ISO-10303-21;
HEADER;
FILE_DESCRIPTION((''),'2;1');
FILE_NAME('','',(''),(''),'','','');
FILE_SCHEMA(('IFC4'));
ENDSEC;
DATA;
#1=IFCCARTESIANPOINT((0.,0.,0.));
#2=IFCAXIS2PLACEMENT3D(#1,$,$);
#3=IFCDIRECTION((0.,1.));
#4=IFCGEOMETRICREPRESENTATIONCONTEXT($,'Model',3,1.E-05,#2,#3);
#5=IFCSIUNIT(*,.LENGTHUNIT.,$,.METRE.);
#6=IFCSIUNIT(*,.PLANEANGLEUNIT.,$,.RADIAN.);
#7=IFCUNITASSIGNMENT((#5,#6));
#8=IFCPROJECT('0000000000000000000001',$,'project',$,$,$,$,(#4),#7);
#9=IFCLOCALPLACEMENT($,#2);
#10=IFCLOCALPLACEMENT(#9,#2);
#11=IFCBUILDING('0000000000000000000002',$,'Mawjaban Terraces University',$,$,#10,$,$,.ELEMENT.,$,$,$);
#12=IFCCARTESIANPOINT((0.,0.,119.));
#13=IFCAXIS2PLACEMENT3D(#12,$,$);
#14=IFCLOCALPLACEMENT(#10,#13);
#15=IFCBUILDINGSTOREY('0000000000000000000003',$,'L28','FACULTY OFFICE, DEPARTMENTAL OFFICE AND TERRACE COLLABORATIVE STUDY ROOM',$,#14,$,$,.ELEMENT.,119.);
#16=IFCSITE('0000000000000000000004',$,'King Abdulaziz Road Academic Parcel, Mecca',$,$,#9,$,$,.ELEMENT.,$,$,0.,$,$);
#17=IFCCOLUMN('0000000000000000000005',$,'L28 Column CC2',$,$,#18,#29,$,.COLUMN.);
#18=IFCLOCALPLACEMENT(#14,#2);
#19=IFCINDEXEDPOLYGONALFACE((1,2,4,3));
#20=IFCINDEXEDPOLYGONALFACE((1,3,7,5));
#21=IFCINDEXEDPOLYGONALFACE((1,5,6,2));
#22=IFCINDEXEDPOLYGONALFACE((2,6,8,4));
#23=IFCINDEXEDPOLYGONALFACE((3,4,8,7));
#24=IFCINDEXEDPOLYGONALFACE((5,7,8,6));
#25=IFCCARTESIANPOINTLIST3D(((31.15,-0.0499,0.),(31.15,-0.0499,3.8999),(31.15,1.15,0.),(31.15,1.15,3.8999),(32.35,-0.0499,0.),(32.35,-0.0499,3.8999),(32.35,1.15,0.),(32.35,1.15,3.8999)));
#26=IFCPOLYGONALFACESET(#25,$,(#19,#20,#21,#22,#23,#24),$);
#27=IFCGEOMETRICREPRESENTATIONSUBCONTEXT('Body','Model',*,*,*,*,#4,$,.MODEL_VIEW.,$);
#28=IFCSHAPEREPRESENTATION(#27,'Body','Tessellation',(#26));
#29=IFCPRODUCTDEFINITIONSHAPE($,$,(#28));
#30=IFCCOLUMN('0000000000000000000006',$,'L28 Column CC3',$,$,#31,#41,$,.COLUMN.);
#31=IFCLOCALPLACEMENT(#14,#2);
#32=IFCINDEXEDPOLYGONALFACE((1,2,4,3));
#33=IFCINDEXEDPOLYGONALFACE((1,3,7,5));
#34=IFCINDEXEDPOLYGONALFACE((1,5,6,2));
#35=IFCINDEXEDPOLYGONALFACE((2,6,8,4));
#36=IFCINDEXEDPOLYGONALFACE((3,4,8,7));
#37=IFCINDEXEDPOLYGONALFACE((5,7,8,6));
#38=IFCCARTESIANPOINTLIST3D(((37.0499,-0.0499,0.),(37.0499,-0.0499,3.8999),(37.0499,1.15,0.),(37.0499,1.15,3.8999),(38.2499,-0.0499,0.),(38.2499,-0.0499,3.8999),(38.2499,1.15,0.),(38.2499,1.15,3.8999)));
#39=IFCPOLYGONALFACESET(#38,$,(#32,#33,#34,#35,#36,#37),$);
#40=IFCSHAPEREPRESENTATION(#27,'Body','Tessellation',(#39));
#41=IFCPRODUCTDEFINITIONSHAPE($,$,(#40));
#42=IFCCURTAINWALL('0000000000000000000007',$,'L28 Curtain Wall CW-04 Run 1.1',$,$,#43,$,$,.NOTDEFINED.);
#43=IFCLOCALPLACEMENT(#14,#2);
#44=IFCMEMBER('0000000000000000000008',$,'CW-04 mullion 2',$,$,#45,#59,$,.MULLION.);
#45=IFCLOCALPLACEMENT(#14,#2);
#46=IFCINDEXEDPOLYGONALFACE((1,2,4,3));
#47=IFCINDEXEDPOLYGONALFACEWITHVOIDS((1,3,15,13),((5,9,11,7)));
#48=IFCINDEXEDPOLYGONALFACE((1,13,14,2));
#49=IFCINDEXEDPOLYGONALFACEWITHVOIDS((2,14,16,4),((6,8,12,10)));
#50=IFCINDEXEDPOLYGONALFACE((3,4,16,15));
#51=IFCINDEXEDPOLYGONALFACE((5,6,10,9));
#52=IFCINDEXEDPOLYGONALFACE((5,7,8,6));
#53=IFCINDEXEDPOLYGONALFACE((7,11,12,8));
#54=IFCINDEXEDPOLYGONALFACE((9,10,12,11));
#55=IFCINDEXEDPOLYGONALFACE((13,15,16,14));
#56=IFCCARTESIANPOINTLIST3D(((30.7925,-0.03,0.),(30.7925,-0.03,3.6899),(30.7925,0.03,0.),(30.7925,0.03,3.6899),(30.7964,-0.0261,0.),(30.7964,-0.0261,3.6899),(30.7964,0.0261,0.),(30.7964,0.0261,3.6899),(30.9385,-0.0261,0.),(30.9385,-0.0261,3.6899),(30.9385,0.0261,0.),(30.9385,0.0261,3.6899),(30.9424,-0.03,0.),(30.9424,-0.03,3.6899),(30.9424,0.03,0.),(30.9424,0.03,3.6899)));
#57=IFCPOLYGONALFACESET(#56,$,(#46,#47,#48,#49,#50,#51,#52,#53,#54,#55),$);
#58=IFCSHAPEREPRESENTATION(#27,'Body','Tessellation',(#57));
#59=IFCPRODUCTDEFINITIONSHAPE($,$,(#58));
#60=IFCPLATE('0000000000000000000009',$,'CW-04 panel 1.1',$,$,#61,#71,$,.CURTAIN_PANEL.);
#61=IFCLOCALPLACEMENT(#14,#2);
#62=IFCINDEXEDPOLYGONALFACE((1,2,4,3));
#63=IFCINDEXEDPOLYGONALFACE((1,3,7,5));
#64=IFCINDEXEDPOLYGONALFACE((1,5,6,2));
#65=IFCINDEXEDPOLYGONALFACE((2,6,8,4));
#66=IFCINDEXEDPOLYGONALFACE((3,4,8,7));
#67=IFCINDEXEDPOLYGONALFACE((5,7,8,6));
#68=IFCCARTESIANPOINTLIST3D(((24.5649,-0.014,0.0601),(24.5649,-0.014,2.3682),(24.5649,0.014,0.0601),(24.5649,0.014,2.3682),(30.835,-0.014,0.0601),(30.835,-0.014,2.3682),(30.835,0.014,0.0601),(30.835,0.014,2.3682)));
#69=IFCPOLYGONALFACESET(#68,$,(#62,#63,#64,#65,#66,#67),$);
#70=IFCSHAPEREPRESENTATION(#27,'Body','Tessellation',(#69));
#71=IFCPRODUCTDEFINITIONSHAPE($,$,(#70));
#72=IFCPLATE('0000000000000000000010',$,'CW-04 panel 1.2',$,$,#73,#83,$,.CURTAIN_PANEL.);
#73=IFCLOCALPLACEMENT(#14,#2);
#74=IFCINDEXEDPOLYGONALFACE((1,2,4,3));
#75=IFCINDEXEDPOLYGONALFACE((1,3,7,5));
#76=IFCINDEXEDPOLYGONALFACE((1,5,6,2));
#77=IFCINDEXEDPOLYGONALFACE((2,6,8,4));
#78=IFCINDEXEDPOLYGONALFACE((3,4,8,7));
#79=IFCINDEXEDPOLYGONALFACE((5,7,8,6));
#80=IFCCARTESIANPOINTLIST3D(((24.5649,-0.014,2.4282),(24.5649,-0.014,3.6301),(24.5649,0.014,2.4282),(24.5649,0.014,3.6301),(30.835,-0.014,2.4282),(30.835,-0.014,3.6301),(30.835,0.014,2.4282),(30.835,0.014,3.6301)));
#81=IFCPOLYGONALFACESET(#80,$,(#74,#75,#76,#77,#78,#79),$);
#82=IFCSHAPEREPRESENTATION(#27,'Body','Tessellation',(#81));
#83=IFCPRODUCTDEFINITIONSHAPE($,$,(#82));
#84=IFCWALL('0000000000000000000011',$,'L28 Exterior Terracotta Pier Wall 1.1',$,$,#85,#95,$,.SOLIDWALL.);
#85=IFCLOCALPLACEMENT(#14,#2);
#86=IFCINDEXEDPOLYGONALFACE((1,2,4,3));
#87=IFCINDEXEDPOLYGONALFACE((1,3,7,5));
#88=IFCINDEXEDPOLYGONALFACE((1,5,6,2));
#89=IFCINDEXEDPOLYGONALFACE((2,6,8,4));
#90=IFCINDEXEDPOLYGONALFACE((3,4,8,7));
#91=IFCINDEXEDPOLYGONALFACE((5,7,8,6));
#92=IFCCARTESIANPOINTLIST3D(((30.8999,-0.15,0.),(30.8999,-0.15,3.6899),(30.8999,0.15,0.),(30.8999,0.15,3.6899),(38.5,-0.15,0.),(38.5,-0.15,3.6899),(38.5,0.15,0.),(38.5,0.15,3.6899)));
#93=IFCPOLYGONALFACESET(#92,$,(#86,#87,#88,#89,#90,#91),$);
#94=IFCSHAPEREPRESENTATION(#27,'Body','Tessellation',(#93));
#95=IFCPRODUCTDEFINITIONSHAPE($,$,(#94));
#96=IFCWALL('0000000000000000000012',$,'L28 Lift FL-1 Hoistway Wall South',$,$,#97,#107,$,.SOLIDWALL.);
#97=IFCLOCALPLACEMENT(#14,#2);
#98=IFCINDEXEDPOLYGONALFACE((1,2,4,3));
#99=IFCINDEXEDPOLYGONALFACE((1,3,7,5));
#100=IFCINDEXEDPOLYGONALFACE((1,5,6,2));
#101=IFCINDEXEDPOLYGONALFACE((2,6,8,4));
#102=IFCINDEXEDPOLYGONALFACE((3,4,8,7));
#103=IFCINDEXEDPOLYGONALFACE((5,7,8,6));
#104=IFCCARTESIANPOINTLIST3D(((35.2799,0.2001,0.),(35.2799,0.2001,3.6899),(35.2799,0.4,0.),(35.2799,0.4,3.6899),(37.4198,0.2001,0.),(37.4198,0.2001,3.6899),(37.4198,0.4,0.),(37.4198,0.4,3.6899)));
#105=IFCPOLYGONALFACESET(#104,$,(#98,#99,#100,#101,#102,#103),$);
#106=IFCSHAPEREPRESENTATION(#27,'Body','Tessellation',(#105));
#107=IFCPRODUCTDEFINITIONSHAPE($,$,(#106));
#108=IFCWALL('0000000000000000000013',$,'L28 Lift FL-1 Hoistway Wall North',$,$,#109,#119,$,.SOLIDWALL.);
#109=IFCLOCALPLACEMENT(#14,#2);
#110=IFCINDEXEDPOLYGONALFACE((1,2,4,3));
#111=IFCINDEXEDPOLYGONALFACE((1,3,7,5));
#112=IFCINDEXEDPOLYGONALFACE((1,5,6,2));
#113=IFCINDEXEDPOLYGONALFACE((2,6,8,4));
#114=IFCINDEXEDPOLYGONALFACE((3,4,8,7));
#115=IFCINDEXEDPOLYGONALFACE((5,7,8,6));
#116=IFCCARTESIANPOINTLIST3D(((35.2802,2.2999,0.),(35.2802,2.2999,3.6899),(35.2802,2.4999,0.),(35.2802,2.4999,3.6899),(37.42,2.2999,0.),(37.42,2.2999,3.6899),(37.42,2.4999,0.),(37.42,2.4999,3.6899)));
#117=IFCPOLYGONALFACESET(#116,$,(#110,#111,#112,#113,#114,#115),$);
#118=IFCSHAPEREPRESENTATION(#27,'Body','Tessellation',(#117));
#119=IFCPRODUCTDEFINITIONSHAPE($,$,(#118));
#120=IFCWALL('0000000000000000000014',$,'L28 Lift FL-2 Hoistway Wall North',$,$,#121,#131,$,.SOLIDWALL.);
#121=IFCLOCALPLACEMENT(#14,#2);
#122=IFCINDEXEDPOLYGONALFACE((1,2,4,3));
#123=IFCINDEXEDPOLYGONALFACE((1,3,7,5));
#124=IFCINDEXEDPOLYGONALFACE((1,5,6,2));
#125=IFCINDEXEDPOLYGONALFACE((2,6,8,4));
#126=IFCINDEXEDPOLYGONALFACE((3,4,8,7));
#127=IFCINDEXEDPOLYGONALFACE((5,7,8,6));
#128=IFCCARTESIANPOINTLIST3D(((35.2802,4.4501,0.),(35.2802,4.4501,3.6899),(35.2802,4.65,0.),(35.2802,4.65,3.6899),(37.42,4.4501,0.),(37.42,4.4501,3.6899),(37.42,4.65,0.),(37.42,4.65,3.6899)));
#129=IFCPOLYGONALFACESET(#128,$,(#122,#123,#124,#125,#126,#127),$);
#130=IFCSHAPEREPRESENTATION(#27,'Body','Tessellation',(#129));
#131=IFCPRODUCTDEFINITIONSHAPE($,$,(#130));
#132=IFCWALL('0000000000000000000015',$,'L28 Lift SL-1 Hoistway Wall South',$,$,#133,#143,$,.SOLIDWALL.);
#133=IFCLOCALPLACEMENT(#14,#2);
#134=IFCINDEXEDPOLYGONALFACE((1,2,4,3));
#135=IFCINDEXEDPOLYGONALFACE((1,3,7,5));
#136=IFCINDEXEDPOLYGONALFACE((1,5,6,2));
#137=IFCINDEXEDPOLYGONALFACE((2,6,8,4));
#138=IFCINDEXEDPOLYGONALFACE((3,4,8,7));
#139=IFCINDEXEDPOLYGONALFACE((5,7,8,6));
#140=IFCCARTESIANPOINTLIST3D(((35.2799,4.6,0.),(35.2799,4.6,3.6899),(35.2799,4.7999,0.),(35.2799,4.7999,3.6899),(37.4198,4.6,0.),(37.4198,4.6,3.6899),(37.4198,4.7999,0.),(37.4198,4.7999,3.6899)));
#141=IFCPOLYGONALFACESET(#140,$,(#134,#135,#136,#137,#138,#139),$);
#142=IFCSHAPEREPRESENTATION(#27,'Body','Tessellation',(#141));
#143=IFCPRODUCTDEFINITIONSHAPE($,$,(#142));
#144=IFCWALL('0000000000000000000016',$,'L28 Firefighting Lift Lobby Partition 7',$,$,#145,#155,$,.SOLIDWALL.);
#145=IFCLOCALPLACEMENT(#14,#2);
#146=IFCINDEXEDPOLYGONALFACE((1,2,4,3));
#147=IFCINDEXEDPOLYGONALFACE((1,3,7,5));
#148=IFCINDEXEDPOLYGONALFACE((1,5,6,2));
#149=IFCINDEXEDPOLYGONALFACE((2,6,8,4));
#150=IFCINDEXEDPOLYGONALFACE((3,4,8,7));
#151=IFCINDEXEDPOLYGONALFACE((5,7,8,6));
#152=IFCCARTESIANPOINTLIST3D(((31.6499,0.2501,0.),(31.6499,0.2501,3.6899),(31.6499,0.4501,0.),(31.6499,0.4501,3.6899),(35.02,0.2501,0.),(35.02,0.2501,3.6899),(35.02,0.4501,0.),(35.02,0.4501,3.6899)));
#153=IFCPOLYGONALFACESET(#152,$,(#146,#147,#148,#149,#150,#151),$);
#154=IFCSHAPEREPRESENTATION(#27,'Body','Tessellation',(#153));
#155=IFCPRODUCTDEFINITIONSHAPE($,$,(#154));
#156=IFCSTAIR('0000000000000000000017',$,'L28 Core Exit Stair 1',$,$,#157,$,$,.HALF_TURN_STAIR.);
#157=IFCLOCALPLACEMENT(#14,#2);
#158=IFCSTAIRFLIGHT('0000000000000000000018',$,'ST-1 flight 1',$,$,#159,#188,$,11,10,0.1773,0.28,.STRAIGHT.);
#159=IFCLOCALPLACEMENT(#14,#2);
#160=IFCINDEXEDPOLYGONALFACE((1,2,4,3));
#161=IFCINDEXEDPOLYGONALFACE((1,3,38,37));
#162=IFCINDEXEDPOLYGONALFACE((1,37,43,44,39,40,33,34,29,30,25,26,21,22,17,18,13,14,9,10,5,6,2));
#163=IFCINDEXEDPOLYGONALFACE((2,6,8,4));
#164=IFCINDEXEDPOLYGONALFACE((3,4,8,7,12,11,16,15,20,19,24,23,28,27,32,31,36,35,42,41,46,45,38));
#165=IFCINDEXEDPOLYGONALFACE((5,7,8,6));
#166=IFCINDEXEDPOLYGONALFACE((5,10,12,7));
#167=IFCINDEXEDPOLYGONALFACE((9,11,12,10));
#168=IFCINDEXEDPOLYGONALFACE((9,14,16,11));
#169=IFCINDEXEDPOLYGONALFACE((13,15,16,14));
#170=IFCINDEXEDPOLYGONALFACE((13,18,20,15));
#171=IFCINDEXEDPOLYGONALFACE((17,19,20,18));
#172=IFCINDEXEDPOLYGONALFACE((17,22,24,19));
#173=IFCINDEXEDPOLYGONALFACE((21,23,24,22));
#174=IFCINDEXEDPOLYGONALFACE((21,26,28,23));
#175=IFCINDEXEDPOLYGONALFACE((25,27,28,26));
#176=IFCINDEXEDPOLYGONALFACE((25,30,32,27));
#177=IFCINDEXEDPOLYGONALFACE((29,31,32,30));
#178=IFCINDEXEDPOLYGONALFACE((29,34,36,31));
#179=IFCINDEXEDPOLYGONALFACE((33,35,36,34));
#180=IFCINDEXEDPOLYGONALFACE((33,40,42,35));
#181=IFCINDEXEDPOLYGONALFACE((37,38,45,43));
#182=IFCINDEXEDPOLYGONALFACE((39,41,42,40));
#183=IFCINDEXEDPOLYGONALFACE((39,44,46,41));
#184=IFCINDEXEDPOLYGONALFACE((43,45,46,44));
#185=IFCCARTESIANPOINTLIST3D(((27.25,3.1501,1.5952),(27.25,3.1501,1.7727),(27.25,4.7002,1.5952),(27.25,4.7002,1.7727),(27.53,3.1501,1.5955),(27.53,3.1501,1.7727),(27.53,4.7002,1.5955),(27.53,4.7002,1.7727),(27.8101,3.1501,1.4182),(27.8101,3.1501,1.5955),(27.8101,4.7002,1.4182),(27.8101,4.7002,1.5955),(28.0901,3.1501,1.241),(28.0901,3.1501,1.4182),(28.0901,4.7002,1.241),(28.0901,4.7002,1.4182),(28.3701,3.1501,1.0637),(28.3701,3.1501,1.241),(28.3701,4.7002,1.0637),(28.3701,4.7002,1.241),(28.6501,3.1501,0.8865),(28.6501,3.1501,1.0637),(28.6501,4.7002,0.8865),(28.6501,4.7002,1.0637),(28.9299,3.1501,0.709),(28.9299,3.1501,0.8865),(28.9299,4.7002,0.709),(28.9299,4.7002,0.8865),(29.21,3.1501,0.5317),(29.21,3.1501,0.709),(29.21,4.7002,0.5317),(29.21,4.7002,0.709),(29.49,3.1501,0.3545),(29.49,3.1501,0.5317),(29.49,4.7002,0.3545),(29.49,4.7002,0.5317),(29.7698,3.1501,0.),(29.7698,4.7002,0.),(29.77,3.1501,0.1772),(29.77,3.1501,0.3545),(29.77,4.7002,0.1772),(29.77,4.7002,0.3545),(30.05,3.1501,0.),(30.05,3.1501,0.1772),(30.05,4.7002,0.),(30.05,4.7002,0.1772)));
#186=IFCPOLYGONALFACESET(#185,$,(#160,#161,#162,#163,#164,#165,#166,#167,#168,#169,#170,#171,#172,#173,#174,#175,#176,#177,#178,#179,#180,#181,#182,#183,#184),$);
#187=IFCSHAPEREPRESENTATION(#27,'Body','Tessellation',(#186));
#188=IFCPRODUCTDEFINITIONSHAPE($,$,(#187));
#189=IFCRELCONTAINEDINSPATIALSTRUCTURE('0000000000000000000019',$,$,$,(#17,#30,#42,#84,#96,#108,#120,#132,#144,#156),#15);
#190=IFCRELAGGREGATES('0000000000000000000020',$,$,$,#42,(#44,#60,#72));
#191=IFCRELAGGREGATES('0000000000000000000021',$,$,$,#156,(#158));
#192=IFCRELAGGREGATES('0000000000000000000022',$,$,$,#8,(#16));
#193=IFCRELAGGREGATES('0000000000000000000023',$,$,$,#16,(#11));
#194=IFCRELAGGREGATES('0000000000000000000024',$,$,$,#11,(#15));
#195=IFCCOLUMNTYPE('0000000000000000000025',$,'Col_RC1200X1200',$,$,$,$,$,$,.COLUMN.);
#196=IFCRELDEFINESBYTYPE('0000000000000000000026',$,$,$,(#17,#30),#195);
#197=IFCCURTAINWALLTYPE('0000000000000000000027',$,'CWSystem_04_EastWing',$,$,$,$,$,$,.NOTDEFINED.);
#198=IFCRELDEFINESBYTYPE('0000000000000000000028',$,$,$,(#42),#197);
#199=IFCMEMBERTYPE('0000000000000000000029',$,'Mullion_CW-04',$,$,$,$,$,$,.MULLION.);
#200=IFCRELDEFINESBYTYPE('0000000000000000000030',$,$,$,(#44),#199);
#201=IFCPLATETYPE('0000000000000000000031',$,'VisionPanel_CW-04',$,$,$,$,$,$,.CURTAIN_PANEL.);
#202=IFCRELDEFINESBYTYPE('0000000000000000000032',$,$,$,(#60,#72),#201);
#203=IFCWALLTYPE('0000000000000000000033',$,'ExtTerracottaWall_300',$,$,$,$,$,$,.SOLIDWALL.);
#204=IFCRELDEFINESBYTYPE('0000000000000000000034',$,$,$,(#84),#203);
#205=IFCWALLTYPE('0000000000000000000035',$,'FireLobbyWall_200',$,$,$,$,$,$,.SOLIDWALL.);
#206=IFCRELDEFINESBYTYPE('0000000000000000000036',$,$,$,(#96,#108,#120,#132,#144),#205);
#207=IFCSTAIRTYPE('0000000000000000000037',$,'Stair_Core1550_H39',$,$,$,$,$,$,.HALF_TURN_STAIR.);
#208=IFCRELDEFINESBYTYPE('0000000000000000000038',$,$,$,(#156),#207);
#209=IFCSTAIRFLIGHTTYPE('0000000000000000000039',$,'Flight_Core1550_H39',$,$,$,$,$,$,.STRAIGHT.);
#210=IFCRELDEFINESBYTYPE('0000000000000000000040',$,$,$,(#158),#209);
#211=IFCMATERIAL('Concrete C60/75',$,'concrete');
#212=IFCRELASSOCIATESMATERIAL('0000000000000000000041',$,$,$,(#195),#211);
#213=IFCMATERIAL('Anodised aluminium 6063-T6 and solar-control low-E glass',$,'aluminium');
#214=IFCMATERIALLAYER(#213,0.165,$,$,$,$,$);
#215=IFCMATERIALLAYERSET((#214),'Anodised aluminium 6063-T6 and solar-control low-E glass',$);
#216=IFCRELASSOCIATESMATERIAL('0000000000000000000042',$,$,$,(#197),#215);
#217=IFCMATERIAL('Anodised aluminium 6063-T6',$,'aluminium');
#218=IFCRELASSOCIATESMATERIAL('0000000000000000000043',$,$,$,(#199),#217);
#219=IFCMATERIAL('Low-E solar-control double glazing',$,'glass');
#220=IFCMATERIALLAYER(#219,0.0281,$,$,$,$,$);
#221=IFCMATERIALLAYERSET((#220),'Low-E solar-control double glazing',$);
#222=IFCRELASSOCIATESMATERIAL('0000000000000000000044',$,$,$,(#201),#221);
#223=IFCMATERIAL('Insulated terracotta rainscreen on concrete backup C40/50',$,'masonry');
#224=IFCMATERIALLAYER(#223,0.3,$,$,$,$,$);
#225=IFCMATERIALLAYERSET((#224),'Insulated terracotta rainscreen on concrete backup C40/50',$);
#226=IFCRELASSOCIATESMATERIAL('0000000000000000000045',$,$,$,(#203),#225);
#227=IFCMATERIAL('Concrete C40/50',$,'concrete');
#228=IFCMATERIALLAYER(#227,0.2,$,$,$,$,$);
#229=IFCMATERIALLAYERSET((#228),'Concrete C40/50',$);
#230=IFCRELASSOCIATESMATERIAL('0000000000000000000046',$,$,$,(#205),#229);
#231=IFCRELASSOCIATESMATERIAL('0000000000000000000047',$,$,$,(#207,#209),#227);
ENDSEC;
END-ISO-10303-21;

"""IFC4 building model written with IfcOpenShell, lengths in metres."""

from ifc_helpers import new_model, si_unit, direction, frame, frame_2d, origin, origin_2d, place, context, subcontext, project, spatial, polyline, rectangle, hollow_rectangle, outline, extrude, material, layer, layer_set, material_profile, profile_set, type_object, element, aggregate, save


model = new_model("IFC4")

# Units and contexts
model_context = context("Model", 3, precision=1e-05, world=origin(), true_north=direction((0.0, 1.0)))
body_context = subcontext(model_context, "Body", "Model", "MODEL_VIEW")
ifc_project = project(units=[si_unit("LENGTHUNIT", "METRE"), si_unit("PLANEANGLEUNIT", "RADIAN")], contexts=[model_context])

# Site, building, storey
site_placement = place(None, origin())
site = spatial("IfcSite", under=ifc_project, at=site_placement, Name="King Abdulaziz Road Academic Parcel, Mecca", CompositionType="ELEMENT", RefElevation=0.0)
building_placement = place(site_placement, origin())
building = spatial("IfcBuilding", under=site, at=building_placement, Name="Mawjaban Terraces University", CompositionType="ELEMENT")
storey_placement = place(building_placement, frame((0.0, 0.0, 119.0)))
storey = spatial("IfcBuildingStorey", under=building, at=storey_placement, Name="L28", Description="FACULTY OFFICE, DEPARTMENTAL OFFICE AND TERRACE COLLABORATIVE STUDY ROOM", CompositionType="ELEMENT", Elevation=119.0)

# Columns
ifc_material_1 = material(Name="Concrete C60/75", Category="concrete")
ifc_material_profile_1 = material_profile(ifc_material_1, rectangle(XDim=1.2, YDim=1.2, at=origin_2d()), Name="RC1200X1200")
ifc_profile_set_1 = profile_set([ifc_material_profile_1], Name="Concrete C60/75")
column_type = type_object("IfcColumnType", Name="Col_RC1200X1200", PredefinedType="COLUMN", material=ifc_profile_set_1)
for number, where, z_axis, x_axis, name in (
    (1, (31.75, 0.55, 0.0), (0.0, 0.0, 1.0), (1.0, 0.0, 0.0), "L28 Column CC2"),
    (2, (37.6499, 0.55, 0.0), (0.0, 0.0, 1.0), (1.0, 0.0, 0.0), "L28 Column CC3"),
):
    element("IfcColumn", number, at=place(storey_placement, frame(where, z_axis=z_axis, x_axis=x_axis)), inside=storey, type_object=column_type, Name=name, PredefinedType="COLUMN", context=body_context, shape_type="SweptSolid", body=[
        extrude(rectangle(XDim=1.2, YDim=1.2, at=origin_2d()), origin(), (0.0, 0.0, 1.0), 3.8999),
    ])

# Curtain wall, member, plates
ifc_material_2 = material(Name="Anodised aluminium 6063-T6 and solar-control low-E glass", Category="aluminium")
ifc_layer_1 = layer(ifc_material_2, 0.165)
ifc_layer_set_1 = layer_set([ifc_layer_1], Name="Anodised aluminium 6063-T6 and solar-control low-E glass")
curtain_wall_type = type_object("IfcCurtainWallType", Name="CWSystem_04_EastWing", PredefinedType="NOTDEFINED", material=ifc_layer_set_1)
curtain_wall_placement = place(storey_placement, origin())
curtain_wall = element("IfcCurtainWall", 3, at=curtain_wall_placement, inside=storey, type_object=curtain_wall_type, Name="L28 Curtain Wall CW-04 Run 1.1", PredefinedType="NOTDEFINED")
ifc_material_3 = material(Name="Anodised aluminium 6063-T6", Category="aluminium")
ifc_material_profile_2 = material_profile(ifc_material_3, hollow_rectangle(XDim=0.0601, YDim=0.1499, WallThickness=0.0039, at=origin_2d()), Name="ALU150X60X4")
ifc_profile_set_2 = profile_set([ifc_material_profile_2], Name="Anodised aluminium 6063-T6")
member_type = type_object("IfcMemberType", Name="Mullion_CW-04", PredefinedType="MULLION", material=ifc_profile_set_2)
member_placement = place(storey_placement, frame((30.8674, 0.0, 0.0), z_axis=(0.0, 0.0, 1.0), x_axis=(0.0, 1.0, 0.0)))
member = element("IfcMember", 4, at=member_placement, type_object=member_type, Name="CW-04 mullion 2", PredefinedType="MULLION", context=body_context, shape_type="SweptSolid", body=[
    extrude(hollow_rectangle(XDim=0.0601, YDim=0.1499, WallThickness=0.0039, at=origin_2d()), origin(), (0.0, 0.0, 1.0), 3.6899),
])
ifc_material_4 = material(Name="Low-E solar-control double glazing", Category="glass")
ifc_layer_2 = layer(ifc_material_4, 0.0281)
ifc_layer_set_2 = layer_set([ifc_layer_2], Name="Low-E solar-control double glazing")
plate_type = type_object("IfcPlateType", Name="VisionPanel_CW-04", PredefinedType="CURTAIN_PANEL", material=ifc_layer_set_2)
plate_1_placement = place(storey_placement, frame((27.7, 0.0, 0.0601), z_axis=(0.0, 0.0, 1.0), x_axis=(1.0, 0.0, 0.0)))
plate_1 = element("IfcPlate", 5, at=plate_1_placement, type_object=plate_type, Name="CW-04 panel 1.1", PredefinedType="CURTAIN_PANEL", context=body_context, shape_type="SweptSolid", body=[
    extrude(rectangle(XDim=6.27, YDim=0.0281, at=origin_2d()), origin(), (0.0, 0.0, 1.0), 2.3081),
])
plate_2_placement = place(storey_placement, frame((27.7, 0.0, 2.4282), z_axis=(0.0, 0.0, 1.0), x_axis=(1.0, 0.0, 0.0)))
plate_2 = element("IfcPlate", 6, at=plate_2_placement, type_object=plate_type, Name="CW-04 panel 1.2", PredefinedType="CURTAIN_PANEL", context=body_context, shape_type="SweptSolid", body=[
    extrude(rectangle(XDim=6.27, YDim=0.0281, at=origin_2d()), origin(), (0.0, 0.0, 1.0), 1.2019),
])
aggregate(curtain_wall, [member, plate_1, plate_2])

# Wall
ifc_material_5 = material(Name="Insulated terracotta rainscreen on concrete backup C40/50", Category="masonry")
ifc_layer_3 = layer(ifc_material_5, 0.3)
ifc_layer_set_3 = layer_set([ifc_layer_3], Name="Insulated terracotta rainscreen on concrete backup C40/50")
wall_type_1 = type_object("IfcWallType", Name="ExtTerracottaWall_300", PredefinedType="SOLIDWALL", material=ifc_layer_set_3)
wall_1_placement = place(storey_placement, frame((30.8999, 0.0, 0.0), z_axis=(0.0, 0.0, 1.0), x_axis=(1.0, 0.0, 0.0)))
element("IfcWall", 7, at=wall_1_placement, inside=storey, type_object=wall_type_1, Name="L28 Exterior Terracotta Pier Wall 1.1", PredefinedType="SOLIDWALL", context=body_context, shape_type="SweptSolid", body=[
    extrude(rectangle(XDim=7.6001, YDim=0.3, at=frame_2d((3.8, 0.0))), origin(), (0.0, 0.0, 1.0), 3.6899),
])

# Shared definitions
ifc_material_6 = material(Name="Concrete C40/50", Category="concrete")
ifc_layer_4 = layer(ifc_material_6, 0.2)
ifc_layer_set_4 = layer_set([ifc_layer_4], Name="Concrete C40/50")
wall_type_2 = type_object("IfcWallType", Name="FireLobbyWall_200", PredefinedType="SOLIDWALL", material=ifc_layer_set_4)

# Walls
for number, where, z_axis, x_axis, name in (
    (8, (35.28, 0.3, 0.0), (0.0, 0.0, 1.0), (1.0, 0.0, 0.0), "L28 Lift FL-1 Hoistway Wall South"),
    (9, (37.4199, 2.3999, 0.0), (0.0, 0.0, 1.0), (-1.0, 0.0, 0.0), "L28 Lift FL-1 Hoistway Wall North"),
):
    element("IfcWall", number, at=place(storey_placement, frame(where, z_axis=z_axis, x_axis=x_axis)), inside=storey, type_object=wall_type_2, Name=name, PredefinedType="SOLIDWALL", context=body_context, shape_type="SweptSolid", body=[
        extrude(rectangle(XDim=2.1399, YDim=0.2, at=frame_2d((1.0698, 0.0))), origin(), (0.0, 0.0, 1.0), 3.6899),
    ])

# Walls
for number, where, z_axis, x_axis, name in (
    (10, (37.4199, 4.55, 0.0), (0.0, 0.0, 1.0), (-1.0, 0.0, 0.0), "L28 Lift FL-2 Hoistway Wall North"),
    (11, (35.28, 4.7, 0.0), (0.0, 0.0, 1.0), (1.0, 0.0, 0.0), "L28 Lift SL-1 Hoistway Wall South"),
):
    element("IfcWall", number, at=place(storey_placement, frame(where, z_axis=z_axis, x_axis=x_axis)), inside=storey, type_object=wall_type_2, Name=name, PredefinedType="SOLIDWALL", context=body_context, shape_type="SweptSolid", body=[
        extrude(rectangle(XDim=2.1399, YDim=0.2, at=frame_2d((1.0698, 0.0))), origin(), (0.0, 0.0, 1.0), 3.6899),
    ])
wall_2_placement = place(storey_placement, frame((31.6499, 0.3501, 0.0), z_axis=(0.0, 0.0, 1.0), x_axis=(1.0, 0.0, 0.0)))
element("IfcWall", 12, at=wall_2_placement, inside=storey, type_object=wall_type_2, Name="L28 Firefighting Lift Lobby Partition 7", PredefinedType="SOLIDWALL", context=body_context, shape_type="SweptSolid", body=[
    extrude(rectangle(XDim=3.3701, YDim=0.2, at=frame_2d((1.6851, 0.0))), origin(), (0.0, 0.0, 1.0), 3.6899),
])

# Stair, stair flight
stair_type = type_object("IfcStairType", Name="Stair_Core1550_H39", PredefinedType="HALF_TURN_STAIR", material=ifc_material_6)
stair_placement = place(storey_placement, origin())
stair = element("IfcStair", 13, at=stair_placement, inside=storey, type_object=stair_type, Name="L28 Core Exit Stair 1", PredefinedType="HALF_TURN_STAIR")
stair_flight_type = type_object("IfcStairFlightType", Name="Flight_Core1550_H39", PredefinedType="STRAIGHT", material=ifc_material_6)
stair_flight_placement = place(storey_placement, frame((30.05, 3.925, 0.0), z_axis=(0.0, 0.0, 1.0), x_axis=(-1.0, 0.0, 0.0)))
stair_flight = element("IfcStairFlight", 14, at=stair_flight_placement, type_object=stair_flight_type, Name="ST-1 flight 1", NumberOfRisers=11, NumberOfTreads=10, PredefinedType="STRAIGHT", RiserHeight=0.1773, TreadLength=0.28, context=body_context, shape_type="SweptSolid", body=[
    extrude(outline(polyline([(0.0, 0.0), (0.0, 0.1772), (0.28, 0.1772), (0.28, 0.3545), (0.5601, 0.3545), (0.5601, 0.5317), (0.8401, 0.5317), (0.8401, 0.709), (1.1201, 0.709), (1.1201, 0.8865), (1.3999, 0.8865), (1.3999, 1.0637), (1.6799, 1.0637), (1.6799, 1.241), (1.96, 1.241), (1.96, 1.4182), (2.24, 1.4182), (2.24, 1.5955), (2.52, 1.5955), (2.52, 1.7727), (2.8, 1.7727), (2.8, 1.95), (2.8, 1.5952), (0.2803, 0.0), (0.0, 0.0)])), frame((0.0, 0.7749, 0.0), z_axis=(0.0, -1.0, 0.0), x_axis=(1.0, 0.0, 0.0)), (0.0, 0.0, 1.0), 1.55),
])
aggregate(stair, [stair_flight])

save(model, "model.ifc")
